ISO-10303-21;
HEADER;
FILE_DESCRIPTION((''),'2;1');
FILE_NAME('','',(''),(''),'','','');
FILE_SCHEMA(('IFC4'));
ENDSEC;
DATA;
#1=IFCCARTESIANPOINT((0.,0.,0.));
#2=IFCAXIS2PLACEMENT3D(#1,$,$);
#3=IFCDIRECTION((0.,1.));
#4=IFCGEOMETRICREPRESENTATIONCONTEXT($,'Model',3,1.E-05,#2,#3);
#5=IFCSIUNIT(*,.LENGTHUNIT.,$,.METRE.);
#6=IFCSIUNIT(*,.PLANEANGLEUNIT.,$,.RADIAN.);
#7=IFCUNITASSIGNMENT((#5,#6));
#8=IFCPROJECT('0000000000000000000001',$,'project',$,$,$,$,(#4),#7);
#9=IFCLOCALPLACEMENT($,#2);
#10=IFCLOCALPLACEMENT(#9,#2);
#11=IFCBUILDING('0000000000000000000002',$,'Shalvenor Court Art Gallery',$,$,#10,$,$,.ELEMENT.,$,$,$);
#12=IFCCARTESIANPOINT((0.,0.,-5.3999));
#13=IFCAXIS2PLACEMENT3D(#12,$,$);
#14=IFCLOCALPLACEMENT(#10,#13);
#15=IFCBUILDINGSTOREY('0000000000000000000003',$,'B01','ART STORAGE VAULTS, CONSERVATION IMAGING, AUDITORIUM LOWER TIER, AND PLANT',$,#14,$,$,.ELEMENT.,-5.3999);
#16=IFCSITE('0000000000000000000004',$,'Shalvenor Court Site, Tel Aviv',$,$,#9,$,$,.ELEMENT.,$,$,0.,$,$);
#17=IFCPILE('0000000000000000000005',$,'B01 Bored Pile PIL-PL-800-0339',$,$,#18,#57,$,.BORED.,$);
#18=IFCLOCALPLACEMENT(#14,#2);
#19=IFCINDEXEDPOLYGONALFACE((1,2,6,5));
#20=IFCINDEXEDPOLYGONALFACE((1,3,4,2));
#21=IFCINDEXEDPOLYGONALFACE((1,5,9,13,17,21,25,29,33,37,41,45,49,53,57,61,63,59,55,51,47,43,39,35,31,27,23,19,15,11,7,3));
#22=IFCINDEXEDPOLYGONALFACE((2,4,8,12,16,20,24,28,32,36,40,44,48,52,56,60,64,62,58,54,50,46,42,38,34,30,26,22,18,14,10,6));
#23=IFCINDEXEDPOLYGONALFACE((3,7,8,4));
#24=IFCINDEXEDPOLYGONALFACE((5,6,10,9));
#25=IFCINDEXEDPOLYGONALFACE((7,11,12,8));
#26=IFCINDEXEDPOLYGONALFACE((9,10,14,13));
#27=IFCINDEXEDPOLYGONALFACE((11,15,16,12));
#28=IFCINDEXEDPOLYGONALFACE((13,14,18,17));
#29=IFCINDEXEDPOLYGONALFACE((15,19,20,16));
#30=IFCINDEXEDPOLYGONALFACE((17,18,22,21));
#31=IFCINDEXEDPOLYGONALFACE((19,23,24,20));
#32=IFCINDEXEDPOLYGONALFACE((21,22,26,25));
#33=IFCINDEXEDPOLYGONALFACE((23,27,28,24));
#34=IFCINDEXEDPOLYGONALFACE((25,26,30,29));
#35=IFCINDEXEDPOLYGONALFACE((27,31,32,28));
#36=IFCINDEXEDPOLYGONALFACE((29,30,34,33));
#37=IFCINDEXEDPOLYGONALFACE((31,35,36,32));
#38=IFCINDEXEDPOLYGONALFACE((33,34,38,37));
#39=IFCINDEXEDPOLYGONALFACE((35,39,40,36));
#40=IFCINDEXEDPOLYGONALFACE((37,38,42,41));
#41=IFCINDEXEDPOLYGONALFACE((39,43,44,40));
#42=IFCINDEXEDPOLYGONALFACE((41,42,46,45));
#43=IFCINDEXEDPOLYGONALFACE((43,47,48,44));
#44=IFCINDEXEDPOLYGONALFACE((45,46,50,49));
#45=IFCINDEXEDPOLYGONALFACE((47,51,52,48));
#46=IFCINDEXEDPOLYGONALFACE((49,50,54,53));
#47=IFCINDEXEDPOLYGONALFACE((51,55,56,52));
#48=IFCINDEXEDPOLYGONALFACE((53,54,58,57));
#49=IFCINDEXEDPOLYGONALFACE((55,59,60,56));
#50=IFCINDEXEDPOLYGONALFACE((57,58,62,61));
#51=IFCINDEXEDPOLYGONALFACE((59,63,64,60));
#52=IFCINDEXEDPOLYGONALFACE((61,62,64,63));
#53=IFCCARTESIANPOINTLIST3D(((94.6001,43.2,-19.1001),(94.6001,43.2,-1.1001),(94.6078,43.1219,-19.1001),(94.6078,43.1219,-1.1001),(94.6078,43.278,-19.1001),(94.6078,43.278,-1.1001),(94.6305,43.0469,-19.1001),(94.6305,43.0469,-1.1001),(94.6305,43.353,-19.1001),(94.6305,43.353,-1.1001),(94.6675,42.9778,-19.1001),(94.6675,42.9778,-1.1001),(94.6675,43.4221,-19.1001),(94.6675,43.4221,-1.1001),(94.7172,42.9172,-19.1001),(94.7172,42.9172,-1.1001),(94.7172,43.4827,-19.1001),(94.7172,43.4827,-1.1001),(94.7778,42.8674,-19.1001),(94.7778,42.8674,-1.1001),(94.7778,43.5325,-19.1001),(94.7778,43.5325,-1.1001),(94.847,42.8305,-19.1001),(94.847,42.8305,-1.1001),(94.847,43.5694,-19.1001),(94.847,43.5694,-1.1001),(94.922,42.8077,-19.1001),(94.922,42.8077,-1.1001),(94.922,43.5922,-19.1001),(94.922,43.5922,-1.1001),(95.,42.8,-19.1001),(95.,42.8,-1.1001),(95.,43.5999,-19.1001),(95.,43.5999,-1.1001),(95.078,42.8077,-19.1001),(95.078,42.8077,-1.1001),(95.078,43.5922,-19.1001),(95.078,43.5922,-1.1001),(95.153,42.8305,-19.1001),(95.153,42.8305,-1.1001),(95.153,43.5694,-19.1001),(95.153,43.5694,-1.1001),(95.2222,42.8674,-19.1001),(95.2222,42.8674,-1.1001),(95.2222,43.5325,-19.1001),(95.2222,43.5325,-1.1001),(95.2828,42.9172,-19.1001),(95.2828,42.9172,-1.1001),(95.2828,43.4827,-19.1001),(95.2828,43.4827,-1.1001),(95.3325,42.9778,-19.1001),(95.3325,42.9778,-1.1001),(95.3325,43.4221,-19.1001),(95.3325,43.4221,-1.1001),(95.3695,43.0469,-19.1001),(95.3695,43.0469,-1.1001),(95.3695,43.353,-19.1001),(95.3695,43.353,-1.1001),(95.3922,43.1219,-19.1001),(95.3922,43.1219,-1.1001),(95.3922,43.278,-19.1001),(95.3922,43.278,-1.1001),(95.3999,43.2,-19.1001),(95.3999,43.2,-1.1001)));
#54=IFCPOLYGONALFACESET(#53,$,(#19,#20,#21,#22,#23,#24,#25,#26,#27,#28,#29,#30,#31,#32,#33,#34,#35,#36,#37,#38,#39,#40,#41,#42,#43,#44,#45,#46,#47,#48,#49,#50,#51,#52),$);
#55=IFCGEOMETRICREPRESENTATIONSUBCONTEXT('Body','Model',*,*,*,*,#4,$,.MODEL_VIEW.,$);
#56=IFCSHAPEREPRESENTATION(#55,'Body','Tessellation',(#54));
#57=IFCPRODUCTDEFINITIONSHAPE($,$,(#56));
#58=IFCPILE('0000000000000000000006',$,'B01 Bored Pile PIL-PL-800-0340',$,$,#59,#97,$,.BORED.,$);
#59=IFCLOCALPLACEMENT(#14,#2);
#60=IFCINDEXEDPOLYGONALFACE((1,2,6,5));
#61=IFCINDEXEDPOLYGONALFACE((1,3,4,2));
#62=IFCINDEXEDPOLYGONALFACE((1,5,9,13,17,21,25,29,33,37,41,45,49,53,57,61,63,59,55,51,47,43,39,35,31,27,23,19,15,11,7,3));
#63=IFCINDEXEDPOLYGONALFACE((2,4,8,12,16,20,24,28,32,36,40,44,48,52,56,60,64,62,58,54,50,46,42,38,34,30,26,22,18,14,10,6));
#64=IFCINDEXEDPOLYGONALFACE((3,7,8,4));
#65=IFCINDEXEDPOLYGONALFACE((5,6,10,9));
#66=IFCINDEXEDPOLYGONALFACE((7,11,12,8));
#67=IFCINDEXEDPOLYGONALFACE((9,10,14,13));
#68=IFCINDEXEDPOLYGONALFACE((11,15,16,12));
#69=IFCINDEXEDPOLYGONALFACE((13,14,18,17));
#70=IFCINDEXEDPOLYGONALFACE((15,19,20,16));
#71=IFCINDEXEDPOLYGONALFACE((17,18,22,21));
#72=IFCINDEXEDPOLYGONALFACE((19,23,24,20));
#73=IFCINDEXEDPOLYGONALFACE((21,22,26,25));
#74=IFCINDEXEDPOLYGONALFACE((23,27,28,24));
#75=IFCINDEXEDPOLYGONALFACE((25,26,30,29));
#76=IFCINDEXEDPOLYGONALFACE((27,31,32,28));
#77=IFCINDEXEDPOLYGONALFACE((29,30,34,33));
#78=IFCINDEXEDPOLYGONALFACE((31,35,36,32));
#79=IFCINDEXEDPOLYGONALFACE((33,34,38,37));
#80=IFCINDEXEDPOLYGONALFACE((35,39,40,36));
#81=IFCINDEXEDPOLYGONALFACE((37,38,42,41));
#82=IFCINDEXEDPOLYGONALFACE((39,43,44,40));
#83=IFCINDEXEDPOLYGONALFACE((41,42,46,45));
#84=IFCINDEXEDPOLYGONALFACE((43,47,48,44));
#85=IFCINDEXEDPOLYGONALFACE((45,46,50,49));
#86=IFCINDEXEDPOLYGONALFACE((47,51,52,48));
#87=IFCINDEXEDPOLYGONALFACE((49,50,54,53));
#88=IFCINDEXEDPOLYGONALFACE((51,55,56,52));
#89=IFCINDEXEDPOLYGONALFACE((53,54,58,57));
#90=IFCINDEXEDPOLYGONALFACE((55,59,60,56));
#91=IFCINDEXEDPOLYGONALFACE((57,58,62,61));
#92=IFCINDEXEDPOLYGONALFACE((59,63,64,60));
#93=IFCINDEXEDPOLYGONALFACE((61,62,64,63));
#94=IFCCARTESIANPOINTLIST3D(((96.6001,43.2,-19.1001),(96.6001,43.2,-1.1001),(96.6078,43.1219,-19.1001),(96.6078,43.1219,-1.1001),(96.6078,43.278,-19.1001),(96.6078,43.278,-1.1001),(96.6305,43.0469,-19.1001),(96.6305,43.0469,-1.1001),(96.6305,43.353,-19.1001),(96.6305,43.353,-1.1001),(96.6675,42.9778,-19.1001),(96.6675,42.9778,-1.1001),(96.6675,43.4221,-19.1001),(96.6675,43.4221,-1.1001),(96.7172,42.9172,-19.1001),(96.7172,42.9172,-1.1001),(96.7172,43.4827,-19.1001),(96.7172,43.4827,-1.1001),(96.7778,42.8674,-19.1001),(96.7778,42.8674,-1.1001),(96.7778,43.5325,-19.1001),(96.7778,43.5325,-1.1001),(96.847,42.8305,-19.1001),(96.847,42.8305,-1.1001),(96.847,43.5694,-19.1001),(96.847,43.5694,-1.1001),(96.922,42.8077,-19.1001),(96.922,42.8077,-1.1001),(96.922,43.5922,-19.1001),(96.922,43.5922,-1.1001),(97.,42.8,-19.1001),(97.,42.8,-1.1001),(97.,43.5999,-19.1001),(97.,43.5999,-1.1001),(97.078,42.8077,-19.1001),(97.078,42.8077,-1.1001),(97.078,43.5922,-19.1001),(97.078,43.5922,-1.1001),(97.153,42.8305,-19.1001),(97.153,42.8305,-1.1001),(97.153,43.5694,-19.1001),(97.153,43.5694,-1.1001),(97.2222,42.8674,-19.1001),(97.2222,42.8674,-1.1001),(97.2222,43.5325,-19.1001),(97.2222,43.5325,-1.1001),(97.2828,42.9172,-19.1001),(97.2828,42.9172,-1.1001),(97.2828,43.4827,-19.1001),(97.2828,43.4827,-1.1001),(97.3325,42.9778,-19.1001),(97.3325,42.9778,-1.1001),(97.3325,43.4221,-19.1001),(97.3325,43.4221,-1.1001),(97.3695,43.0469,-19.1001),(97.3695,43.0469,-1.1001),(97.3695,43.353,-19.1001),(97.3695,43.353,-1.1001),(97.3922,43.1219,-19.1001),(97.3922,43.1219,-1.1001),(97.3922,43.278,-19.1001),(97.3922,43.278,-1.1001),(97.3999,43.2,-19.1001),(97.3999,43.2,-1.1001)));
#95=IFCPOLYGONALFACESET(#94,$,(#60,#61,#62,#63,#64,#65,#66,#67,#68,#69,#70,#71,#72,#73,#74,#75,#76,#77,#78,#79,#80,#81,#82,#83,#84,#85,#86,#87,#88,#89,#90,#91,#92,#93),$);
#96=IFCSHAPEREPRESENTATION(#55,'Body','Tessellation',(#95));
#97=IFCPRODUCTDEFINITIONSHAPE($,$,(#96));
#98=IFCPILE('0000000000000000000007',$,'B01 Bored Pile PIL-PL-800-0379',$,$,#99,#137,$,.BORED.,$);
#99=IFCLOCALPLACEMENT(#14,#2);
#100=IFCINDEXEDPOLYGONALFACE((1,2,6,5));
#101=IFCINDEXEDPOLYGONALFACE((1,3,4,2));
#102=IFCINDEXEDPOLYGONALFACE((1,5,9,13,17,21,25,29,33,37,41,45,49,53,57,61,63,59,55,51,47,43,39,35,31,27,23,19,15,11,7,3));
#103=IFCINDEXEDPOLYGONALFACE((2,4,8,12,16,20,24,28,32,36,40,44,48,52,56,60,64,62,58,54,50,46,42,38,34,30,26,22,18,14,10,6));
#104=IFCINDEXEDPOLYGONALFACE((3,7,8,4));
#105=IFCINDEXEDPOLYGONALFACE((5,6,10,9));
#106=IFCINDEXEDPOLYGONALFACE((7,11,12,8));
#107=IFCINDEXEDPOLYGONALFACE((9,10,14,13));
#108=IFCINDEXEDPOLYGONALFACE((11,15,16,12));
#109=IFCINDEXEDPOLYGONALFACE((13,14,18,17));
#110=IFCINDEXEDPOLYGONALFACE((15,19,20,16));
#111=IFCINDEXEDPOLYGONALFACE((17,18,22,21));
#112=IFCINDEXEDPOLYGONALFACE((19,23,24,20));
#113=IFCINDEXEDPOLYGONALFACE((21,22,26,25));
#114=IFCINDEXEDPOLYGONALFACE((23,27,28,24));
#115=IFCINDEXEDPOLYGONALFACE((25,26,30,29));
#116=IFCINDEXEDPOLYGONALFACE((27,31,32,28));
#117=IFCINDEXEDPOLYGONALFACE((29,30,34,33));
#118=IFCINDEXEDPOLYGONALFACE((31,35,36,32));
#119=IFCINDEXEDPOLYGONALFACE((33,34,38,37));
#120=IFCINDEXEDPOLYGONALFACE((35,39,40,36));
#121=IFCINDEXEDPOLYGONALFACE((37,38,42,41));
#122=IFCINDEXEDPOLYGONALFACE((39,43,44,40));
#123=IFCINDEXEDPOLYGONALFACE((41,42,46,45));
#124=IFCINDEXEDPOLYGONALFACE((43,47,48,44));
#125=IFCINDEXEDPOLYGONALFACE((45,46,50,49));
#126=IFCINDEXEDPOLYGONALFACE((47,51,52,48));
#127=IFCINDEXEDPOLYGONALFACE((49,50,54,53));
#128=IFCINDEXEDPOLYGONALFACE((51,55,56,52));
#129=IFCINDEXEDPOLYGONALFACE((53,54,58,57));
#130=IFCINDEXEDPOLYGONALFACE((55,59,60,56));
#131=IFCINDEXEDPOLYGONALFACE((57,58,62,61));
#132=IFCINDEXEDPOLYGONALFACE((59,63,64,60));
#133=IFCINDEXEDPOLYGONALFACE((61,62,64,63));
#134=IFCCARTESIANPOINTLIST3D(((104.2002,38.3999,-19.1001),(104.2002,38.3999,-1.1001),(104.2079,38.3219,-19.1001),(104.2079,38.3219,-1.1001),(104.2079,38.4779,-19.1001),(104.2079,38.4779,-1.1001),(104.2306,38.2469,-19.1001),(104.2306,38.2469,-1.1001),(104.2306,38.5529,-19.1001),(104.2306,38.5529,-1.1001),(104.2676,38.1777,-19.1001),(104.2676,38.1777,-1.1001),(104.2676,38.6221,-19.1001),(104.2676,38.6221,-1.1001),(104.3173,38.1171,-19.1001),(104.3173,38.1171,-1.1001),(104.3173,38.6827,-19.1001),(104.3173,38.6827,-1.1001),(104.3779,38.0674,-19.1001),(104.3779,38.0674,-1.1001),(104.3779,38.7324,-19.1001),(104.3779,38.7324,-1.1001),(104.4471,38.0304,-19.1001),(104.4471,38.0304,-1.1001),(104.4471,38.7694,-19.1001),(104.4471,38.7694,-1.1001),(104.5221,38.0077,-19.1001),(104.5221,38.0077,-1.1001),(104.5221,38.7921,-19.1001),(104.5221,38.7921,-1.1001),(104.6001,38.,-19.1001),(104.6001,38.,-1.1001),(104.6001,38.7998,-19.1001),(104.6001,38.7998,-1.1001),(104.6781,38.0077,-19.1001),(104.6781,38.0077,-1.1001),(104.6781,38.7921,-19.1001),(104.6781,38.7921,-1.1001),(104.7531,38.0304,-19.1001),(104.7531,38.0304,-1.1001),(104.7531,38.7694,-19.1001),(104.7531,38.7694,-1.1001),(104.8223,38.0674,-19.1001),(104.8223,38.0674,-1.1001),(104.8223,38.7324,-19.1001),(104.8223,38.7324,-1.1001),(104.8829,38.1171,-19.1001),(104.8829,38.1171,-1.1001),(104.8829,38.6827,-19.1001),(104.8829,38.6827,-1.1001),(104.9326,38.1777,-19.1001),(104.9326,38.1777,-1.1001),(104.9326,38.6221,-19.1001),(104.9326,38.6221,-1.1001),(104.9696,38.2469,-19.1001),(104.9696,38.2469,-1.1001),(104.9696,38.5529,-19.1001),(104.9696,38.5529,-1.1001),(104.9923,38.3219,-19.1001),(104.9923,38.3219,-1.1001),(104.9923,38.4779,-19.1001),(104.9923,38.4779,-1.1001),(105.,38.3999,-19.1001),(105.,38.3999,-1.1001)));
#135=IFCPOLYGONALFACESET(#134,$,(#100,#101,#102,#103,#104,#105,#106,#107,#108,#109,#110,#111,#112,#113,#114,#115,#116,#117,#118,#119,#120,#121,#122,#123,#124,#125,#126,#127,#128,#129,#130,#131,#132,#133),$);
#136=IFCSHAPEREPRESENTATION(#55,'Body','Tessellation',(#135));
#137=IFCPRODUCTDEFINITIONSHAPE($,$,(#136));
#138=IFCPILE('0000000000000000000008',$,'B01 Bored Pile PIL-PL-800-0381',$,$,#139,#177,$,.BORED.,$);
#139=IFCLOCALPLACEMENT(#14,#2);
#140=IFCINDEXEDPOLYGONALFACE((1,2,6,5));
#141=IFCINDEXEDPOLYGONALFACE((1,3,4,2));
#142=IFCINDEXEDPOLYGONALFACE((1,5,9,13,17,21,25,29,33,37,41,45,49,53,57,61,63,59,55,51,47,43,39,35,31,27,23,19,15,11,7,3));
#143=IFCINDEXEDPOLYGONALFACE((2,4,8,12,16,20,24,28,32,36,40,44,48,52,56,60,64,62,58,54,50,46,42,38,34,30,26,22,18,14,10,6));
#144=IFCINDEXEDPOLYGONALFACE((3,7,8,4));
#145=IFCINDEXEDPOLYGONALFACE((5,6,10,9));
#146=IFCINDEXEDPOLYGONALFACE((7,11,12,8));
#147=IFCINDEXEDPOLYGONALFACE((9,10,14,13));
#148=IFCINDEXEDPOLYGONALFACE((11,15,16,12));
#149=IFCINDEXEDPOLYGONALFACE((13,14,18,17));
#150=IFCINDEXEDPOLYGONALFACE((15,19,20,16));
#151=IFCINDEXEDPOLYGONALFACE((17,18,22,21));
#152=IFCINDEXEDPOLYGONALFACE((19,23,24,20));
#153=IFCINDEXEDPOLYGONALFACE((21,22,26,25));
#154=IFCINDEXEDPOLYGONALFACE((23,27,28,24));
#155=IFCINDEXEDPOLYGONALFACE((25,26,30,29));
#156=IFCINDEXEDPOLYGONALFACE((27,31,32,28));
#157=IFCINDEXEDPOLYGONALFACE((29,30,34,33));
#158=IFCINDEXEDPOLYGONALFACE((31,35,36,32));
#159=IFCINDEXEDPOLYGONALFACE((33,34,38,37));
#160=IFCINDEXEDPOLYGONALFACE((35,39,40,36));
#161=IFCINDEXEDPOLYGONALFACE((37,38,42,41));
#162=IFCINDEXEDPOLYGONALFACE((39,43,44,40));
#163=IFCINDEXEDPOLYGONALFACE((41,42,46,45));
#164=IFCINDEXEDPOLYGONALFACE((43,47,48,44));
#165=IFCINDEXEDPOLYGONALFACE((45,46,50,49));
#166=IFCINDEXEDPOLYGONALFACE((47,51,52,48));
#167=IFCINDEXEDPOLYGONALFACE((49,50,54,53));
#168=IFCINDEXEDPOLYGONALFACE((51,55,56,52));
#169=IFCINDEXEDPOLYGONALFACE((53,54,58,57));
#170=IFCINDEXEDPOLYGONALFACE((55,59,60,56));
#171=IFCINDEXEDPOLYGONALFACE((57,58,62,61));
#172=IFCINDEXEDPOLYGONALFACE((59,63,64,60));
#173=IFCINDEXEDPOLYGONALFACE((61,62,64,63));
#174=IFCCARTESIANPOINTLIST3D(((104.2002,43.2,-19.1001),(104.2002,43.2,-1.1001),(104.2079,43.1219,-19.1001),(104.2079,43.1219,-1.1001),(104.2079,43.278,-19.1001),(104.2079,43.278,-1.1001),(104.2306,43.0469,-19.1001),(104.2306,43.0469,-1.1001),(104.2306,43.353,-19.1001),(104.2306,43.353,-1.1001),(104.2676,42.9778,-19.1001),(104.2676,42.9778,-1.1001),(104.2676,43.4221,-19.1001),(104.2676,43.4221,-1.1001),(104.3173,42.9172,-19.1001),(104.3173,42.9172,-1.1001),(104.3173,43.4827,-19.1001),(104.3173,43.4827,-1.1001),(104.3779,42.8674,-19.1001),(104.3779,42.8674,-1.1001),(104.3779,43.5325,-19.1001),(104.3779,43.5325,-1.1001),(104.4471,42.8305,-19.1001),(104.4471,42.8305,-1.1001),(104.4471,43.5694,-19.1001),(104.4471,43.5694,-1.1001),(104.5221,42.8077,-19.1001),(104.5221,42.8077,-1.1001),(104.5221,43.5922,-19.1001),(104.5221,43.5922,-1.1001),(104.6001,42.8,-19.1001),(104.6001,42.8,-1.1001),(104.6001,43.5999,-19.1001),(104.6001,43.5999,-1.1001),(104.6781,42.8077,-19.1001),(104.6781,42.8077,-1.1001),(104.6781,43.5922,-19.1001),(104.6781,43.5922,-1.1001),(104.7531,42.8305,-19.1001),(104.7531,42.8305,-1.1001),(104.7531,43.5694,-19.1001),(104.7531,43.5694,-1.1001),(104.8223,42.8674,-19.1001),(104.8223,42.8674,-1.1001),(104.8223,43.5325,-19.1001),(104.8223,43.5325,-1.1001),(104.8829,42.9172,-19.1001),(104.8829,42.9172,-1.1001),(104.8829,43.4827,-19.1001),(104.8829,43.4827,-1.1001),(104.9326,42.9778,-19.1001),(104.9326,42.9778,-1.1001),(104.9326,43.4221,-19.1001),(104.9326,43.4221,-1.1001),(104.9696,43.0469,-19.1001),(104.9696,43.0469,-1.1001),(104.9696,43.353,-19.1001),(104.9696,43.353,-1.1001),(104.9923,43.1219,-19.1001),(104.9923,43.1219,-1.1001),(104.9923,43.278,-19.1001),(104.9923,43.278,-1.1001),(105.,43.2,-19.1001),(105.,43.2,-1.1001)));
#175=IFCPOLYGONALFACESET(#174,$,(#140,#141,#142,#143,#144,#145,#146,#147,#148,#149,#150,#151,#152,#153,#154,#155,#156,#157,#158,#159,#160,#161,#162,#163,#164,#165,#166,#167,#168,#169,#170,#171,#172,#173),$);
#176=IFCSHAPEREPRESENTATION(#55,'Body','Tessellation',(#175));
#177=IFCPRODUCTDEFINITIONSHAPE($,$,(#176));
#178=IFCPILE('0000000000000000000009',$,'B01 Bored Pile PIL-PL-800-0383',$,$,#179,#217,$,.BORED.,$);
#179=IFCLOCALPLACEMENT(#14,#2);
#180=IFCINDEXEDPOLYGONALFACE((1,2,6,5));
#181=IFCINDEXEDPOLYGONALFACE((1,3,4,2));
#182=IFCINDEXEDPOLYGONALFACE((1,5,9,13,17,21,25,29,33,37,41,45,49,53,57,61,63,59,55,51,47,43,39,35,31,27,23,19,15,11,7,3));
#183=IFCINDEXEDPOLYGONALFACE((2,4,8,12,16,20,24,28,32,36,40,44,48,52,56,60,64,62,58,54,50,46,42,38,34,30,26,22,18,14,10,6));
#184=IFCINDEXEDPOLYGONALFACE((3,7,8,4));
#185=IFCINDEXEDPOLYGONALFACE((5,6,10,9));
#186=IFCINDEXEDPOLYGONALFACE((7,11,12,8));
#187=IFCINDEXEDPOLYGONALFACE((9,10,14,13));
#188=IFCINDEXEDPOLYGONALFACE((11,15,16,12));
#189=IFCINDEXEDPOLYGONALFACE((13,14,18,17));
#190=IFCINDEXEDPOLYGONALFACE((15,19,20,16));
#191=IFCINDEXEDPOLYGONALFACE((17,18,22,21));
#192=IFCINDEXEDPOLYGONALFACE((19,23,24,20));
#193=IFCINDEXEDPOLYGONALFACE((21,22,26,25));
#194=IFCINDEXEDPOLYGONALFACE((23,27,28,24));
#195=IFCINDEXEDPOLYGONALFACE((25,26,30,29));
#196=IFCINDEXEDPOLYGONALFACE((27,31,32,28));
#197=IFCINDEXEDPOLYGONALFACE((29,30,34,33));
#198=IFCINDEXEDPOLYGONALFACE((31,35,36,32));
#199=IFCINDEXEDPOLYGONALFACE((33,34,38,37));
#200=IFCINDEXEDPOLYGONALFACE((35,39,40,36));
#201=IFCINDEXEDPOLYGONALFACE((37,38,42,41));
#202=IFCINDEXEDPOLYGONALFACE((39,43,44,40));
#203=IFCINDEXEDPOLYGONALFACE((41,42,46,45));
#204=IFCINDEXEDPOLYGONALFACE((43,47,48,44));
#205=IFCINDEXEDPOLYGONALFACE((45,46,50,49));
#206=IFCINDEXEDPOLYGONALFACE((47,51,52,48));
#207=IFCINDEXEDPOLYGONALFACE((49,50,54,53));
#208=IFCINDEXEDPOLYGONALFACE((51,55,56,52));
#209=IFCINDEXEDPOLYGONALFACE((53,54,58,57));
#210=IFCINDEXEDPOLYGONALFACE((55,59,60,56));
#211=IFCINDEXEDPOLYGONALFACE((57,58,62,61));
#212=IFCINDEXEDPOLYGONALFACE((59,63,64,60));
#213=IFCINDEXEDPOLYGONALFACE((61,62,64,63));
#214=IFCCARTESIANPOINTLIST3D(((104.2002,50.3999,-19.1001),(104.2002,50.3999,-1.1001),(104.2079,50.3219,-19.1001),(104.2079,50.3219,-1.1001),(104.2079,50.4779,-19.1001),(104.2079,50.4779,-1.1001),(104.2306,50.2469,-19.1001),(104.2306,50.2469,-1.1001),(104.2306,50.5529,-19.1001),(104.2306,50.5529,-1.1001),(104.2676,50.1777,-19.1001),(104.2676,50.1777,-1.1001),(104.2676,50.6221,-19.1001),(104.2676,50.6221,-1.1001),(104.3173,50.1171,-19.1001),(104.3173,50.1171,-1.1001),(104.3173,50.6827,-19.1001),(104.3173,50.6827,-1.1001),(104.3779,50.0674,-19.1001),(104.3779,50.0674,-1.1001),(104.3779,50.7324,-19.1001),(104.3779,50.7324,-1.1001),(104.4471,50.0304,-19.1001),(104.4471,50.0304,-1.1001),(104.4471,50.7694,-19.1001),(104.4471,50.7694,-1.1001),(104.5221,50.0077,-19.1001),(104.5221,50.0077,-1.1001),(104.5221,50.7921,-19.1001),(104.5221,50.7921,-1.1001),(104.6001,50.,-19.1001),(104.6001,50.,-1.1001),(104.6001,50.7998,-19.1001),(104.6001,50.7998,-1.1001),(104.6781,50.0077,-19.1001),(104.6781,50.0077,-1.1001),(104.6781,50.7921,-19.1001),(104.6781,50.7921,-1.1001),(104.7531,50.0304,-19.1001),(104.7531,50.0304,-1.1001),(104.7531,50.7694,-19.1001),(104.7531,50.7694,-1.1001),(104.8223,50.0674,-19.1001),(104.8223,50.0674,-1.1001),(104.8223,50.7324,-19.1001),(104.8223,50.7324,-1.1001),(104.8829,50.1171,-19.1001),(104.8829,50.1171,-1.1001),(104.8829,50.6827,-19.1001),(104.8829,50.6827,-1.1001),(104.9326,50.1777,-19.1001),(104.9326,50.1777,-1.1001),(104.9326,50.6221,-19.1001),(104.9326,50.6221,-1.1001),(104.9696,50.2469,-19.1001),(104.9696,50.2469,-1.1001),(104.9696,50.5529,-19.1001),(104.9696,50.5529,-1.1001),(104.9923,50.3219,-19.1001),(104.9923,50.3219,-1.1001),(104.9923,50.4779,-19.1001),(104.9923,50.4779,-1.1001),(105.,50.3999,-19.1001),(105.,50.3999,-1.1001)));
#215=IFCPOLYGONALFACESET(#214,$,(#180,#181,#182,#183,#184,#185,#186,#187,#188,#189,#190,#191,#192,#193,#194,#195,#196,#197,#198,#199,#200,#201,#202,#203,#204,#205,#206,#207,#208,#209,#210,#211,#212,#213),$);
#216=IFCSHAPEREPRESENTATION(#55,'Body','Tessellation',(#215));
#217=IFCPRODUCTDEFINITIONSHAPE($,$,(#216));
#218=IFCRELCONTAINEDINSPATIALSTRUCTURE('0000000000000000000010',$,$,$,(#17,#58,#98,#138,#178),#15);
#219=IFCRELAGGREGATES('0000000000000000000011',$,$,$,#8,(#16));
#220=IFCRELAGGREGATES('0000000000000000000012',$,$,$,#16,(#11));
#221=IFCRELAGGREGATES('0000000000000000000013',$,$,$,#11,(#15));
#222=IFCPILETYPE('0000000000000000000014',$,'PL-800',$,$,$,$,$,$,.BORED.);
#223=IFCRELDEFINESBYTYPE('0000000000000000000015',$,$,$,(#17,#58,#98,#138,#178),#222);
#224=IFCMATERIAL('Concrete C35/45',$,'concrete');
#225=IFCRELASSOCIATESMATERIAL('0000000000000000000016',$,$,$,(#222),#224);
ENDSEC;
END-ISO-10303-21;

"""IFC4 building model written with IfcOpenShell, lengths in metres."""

from ifc_helpers import new_model, si_unit, direction, frame, origin, origin_2d, place, context, subcontext, project, spatial, circle, extrude, material, material_profile, profile_set, type_object, element, save


model = new_model("IFC4")

# Units and contexts
model_context = context("Model", 3, precision=1e-05, world=origin(), true_north=direction((0.0, 1.0)))
body_context = subcontext(model_context, "Body", "Model", "MODEL_VIEW")
ifc_project = project(units=[si_unit("LENGTHUNIT", "METRE"), si_unit("PLANEANGLEUNIT", "RADIAN")], contexts=[model_context])

# Site, building, storey
site_placement = place(None, origin())
site = spatial("IfcSite", under=ifc_project, at=site_placement, Name="Shalvenor Court Site, Tel Aviv", CompositionType="ELEMENT", RefElevation=0.0)
building_placement = place(site_placement, origin())
building = spatial("IfcBuilding", under=site, at=building_placement, Name="Shalvenor Court Art Gallery", CompositionType="ELEMENT")
storey_placement = place(building_placement, frame((0.0, 0.0, -5.3999)))
storey = spatial("IfcBuildingStorey", under=building, at=storey_placement, Name="B01", Description="ART STORAGE VAULTS, CONSERVATION IMAGING, AUDITORIUM LOWER TIER, AND PLANT", CompositionType="ELEMENT", Elevation=-5.3999)

# Piles
ifc_material_1 = material(Name="Concrete C35/45", Category="concrete")
ifc_material_profile_1 = material_profile(ifc_material_1, circle(Radius=0.3999, at=origin_2d()), Name="PILE 800")
ifc_profile_set_1 = profile_set([ifc_material_profile_1], Name="Concrete C35/45")
pile_type = type_object("IfcPileType", Name="PL-800", PredefinedType="BORED", material=ifc_profile_set_1)
for number, where, z_axis, x_axis, name in (
    (1, (95.0, 43.2, -1.1001), (0.0, 0.0, -1.0), (1.0, 0.0, 0.0), "B01 Bored Pile PIL-PL-800-0339"),
    (2, (97.0, 43.2, -1.1001), (0.0, 0.0, -1.0), (1.0, 0.0, 0.0), "B01 Bored Pile PIL-PL-800-0340"),
    (3, (104.6001, 38.3999, -1.1001), (0.0, 0.0, -1.0), (1.0, 0.0, 0.0), "B01 Bored Pile PIL-PL-800-0379"),
    (4, (104.6001, 43.2, -1.1001), (0.0, 0.0, -1.0), (1.0, 0.0, 0.0), "B01 Bored Pile PIL-PL-800-0381"),
    (5, (104.6001, 50.3999, -1.1001), (0.0, 0.0, -1.0), (1.0, 0.0, 0.0), "B01 Bored Pile PIL-PL-800-0383"),
):
    element("IfcPile", number, at=place(storey_placement, frame(where, z_axis=z_axis, x_axis=x_axis)), inside=storey, type_object=pile_type, Name=name, PredefinedType="BORED", context=body_context, shape_type="SweptSolid", body=[
        extrude(circle(Radius=0.3999, at=origin_2d()), origin(), (0.0, 0.0, 1.0), 18.0),
    ])

save(model, "model.ifc")
